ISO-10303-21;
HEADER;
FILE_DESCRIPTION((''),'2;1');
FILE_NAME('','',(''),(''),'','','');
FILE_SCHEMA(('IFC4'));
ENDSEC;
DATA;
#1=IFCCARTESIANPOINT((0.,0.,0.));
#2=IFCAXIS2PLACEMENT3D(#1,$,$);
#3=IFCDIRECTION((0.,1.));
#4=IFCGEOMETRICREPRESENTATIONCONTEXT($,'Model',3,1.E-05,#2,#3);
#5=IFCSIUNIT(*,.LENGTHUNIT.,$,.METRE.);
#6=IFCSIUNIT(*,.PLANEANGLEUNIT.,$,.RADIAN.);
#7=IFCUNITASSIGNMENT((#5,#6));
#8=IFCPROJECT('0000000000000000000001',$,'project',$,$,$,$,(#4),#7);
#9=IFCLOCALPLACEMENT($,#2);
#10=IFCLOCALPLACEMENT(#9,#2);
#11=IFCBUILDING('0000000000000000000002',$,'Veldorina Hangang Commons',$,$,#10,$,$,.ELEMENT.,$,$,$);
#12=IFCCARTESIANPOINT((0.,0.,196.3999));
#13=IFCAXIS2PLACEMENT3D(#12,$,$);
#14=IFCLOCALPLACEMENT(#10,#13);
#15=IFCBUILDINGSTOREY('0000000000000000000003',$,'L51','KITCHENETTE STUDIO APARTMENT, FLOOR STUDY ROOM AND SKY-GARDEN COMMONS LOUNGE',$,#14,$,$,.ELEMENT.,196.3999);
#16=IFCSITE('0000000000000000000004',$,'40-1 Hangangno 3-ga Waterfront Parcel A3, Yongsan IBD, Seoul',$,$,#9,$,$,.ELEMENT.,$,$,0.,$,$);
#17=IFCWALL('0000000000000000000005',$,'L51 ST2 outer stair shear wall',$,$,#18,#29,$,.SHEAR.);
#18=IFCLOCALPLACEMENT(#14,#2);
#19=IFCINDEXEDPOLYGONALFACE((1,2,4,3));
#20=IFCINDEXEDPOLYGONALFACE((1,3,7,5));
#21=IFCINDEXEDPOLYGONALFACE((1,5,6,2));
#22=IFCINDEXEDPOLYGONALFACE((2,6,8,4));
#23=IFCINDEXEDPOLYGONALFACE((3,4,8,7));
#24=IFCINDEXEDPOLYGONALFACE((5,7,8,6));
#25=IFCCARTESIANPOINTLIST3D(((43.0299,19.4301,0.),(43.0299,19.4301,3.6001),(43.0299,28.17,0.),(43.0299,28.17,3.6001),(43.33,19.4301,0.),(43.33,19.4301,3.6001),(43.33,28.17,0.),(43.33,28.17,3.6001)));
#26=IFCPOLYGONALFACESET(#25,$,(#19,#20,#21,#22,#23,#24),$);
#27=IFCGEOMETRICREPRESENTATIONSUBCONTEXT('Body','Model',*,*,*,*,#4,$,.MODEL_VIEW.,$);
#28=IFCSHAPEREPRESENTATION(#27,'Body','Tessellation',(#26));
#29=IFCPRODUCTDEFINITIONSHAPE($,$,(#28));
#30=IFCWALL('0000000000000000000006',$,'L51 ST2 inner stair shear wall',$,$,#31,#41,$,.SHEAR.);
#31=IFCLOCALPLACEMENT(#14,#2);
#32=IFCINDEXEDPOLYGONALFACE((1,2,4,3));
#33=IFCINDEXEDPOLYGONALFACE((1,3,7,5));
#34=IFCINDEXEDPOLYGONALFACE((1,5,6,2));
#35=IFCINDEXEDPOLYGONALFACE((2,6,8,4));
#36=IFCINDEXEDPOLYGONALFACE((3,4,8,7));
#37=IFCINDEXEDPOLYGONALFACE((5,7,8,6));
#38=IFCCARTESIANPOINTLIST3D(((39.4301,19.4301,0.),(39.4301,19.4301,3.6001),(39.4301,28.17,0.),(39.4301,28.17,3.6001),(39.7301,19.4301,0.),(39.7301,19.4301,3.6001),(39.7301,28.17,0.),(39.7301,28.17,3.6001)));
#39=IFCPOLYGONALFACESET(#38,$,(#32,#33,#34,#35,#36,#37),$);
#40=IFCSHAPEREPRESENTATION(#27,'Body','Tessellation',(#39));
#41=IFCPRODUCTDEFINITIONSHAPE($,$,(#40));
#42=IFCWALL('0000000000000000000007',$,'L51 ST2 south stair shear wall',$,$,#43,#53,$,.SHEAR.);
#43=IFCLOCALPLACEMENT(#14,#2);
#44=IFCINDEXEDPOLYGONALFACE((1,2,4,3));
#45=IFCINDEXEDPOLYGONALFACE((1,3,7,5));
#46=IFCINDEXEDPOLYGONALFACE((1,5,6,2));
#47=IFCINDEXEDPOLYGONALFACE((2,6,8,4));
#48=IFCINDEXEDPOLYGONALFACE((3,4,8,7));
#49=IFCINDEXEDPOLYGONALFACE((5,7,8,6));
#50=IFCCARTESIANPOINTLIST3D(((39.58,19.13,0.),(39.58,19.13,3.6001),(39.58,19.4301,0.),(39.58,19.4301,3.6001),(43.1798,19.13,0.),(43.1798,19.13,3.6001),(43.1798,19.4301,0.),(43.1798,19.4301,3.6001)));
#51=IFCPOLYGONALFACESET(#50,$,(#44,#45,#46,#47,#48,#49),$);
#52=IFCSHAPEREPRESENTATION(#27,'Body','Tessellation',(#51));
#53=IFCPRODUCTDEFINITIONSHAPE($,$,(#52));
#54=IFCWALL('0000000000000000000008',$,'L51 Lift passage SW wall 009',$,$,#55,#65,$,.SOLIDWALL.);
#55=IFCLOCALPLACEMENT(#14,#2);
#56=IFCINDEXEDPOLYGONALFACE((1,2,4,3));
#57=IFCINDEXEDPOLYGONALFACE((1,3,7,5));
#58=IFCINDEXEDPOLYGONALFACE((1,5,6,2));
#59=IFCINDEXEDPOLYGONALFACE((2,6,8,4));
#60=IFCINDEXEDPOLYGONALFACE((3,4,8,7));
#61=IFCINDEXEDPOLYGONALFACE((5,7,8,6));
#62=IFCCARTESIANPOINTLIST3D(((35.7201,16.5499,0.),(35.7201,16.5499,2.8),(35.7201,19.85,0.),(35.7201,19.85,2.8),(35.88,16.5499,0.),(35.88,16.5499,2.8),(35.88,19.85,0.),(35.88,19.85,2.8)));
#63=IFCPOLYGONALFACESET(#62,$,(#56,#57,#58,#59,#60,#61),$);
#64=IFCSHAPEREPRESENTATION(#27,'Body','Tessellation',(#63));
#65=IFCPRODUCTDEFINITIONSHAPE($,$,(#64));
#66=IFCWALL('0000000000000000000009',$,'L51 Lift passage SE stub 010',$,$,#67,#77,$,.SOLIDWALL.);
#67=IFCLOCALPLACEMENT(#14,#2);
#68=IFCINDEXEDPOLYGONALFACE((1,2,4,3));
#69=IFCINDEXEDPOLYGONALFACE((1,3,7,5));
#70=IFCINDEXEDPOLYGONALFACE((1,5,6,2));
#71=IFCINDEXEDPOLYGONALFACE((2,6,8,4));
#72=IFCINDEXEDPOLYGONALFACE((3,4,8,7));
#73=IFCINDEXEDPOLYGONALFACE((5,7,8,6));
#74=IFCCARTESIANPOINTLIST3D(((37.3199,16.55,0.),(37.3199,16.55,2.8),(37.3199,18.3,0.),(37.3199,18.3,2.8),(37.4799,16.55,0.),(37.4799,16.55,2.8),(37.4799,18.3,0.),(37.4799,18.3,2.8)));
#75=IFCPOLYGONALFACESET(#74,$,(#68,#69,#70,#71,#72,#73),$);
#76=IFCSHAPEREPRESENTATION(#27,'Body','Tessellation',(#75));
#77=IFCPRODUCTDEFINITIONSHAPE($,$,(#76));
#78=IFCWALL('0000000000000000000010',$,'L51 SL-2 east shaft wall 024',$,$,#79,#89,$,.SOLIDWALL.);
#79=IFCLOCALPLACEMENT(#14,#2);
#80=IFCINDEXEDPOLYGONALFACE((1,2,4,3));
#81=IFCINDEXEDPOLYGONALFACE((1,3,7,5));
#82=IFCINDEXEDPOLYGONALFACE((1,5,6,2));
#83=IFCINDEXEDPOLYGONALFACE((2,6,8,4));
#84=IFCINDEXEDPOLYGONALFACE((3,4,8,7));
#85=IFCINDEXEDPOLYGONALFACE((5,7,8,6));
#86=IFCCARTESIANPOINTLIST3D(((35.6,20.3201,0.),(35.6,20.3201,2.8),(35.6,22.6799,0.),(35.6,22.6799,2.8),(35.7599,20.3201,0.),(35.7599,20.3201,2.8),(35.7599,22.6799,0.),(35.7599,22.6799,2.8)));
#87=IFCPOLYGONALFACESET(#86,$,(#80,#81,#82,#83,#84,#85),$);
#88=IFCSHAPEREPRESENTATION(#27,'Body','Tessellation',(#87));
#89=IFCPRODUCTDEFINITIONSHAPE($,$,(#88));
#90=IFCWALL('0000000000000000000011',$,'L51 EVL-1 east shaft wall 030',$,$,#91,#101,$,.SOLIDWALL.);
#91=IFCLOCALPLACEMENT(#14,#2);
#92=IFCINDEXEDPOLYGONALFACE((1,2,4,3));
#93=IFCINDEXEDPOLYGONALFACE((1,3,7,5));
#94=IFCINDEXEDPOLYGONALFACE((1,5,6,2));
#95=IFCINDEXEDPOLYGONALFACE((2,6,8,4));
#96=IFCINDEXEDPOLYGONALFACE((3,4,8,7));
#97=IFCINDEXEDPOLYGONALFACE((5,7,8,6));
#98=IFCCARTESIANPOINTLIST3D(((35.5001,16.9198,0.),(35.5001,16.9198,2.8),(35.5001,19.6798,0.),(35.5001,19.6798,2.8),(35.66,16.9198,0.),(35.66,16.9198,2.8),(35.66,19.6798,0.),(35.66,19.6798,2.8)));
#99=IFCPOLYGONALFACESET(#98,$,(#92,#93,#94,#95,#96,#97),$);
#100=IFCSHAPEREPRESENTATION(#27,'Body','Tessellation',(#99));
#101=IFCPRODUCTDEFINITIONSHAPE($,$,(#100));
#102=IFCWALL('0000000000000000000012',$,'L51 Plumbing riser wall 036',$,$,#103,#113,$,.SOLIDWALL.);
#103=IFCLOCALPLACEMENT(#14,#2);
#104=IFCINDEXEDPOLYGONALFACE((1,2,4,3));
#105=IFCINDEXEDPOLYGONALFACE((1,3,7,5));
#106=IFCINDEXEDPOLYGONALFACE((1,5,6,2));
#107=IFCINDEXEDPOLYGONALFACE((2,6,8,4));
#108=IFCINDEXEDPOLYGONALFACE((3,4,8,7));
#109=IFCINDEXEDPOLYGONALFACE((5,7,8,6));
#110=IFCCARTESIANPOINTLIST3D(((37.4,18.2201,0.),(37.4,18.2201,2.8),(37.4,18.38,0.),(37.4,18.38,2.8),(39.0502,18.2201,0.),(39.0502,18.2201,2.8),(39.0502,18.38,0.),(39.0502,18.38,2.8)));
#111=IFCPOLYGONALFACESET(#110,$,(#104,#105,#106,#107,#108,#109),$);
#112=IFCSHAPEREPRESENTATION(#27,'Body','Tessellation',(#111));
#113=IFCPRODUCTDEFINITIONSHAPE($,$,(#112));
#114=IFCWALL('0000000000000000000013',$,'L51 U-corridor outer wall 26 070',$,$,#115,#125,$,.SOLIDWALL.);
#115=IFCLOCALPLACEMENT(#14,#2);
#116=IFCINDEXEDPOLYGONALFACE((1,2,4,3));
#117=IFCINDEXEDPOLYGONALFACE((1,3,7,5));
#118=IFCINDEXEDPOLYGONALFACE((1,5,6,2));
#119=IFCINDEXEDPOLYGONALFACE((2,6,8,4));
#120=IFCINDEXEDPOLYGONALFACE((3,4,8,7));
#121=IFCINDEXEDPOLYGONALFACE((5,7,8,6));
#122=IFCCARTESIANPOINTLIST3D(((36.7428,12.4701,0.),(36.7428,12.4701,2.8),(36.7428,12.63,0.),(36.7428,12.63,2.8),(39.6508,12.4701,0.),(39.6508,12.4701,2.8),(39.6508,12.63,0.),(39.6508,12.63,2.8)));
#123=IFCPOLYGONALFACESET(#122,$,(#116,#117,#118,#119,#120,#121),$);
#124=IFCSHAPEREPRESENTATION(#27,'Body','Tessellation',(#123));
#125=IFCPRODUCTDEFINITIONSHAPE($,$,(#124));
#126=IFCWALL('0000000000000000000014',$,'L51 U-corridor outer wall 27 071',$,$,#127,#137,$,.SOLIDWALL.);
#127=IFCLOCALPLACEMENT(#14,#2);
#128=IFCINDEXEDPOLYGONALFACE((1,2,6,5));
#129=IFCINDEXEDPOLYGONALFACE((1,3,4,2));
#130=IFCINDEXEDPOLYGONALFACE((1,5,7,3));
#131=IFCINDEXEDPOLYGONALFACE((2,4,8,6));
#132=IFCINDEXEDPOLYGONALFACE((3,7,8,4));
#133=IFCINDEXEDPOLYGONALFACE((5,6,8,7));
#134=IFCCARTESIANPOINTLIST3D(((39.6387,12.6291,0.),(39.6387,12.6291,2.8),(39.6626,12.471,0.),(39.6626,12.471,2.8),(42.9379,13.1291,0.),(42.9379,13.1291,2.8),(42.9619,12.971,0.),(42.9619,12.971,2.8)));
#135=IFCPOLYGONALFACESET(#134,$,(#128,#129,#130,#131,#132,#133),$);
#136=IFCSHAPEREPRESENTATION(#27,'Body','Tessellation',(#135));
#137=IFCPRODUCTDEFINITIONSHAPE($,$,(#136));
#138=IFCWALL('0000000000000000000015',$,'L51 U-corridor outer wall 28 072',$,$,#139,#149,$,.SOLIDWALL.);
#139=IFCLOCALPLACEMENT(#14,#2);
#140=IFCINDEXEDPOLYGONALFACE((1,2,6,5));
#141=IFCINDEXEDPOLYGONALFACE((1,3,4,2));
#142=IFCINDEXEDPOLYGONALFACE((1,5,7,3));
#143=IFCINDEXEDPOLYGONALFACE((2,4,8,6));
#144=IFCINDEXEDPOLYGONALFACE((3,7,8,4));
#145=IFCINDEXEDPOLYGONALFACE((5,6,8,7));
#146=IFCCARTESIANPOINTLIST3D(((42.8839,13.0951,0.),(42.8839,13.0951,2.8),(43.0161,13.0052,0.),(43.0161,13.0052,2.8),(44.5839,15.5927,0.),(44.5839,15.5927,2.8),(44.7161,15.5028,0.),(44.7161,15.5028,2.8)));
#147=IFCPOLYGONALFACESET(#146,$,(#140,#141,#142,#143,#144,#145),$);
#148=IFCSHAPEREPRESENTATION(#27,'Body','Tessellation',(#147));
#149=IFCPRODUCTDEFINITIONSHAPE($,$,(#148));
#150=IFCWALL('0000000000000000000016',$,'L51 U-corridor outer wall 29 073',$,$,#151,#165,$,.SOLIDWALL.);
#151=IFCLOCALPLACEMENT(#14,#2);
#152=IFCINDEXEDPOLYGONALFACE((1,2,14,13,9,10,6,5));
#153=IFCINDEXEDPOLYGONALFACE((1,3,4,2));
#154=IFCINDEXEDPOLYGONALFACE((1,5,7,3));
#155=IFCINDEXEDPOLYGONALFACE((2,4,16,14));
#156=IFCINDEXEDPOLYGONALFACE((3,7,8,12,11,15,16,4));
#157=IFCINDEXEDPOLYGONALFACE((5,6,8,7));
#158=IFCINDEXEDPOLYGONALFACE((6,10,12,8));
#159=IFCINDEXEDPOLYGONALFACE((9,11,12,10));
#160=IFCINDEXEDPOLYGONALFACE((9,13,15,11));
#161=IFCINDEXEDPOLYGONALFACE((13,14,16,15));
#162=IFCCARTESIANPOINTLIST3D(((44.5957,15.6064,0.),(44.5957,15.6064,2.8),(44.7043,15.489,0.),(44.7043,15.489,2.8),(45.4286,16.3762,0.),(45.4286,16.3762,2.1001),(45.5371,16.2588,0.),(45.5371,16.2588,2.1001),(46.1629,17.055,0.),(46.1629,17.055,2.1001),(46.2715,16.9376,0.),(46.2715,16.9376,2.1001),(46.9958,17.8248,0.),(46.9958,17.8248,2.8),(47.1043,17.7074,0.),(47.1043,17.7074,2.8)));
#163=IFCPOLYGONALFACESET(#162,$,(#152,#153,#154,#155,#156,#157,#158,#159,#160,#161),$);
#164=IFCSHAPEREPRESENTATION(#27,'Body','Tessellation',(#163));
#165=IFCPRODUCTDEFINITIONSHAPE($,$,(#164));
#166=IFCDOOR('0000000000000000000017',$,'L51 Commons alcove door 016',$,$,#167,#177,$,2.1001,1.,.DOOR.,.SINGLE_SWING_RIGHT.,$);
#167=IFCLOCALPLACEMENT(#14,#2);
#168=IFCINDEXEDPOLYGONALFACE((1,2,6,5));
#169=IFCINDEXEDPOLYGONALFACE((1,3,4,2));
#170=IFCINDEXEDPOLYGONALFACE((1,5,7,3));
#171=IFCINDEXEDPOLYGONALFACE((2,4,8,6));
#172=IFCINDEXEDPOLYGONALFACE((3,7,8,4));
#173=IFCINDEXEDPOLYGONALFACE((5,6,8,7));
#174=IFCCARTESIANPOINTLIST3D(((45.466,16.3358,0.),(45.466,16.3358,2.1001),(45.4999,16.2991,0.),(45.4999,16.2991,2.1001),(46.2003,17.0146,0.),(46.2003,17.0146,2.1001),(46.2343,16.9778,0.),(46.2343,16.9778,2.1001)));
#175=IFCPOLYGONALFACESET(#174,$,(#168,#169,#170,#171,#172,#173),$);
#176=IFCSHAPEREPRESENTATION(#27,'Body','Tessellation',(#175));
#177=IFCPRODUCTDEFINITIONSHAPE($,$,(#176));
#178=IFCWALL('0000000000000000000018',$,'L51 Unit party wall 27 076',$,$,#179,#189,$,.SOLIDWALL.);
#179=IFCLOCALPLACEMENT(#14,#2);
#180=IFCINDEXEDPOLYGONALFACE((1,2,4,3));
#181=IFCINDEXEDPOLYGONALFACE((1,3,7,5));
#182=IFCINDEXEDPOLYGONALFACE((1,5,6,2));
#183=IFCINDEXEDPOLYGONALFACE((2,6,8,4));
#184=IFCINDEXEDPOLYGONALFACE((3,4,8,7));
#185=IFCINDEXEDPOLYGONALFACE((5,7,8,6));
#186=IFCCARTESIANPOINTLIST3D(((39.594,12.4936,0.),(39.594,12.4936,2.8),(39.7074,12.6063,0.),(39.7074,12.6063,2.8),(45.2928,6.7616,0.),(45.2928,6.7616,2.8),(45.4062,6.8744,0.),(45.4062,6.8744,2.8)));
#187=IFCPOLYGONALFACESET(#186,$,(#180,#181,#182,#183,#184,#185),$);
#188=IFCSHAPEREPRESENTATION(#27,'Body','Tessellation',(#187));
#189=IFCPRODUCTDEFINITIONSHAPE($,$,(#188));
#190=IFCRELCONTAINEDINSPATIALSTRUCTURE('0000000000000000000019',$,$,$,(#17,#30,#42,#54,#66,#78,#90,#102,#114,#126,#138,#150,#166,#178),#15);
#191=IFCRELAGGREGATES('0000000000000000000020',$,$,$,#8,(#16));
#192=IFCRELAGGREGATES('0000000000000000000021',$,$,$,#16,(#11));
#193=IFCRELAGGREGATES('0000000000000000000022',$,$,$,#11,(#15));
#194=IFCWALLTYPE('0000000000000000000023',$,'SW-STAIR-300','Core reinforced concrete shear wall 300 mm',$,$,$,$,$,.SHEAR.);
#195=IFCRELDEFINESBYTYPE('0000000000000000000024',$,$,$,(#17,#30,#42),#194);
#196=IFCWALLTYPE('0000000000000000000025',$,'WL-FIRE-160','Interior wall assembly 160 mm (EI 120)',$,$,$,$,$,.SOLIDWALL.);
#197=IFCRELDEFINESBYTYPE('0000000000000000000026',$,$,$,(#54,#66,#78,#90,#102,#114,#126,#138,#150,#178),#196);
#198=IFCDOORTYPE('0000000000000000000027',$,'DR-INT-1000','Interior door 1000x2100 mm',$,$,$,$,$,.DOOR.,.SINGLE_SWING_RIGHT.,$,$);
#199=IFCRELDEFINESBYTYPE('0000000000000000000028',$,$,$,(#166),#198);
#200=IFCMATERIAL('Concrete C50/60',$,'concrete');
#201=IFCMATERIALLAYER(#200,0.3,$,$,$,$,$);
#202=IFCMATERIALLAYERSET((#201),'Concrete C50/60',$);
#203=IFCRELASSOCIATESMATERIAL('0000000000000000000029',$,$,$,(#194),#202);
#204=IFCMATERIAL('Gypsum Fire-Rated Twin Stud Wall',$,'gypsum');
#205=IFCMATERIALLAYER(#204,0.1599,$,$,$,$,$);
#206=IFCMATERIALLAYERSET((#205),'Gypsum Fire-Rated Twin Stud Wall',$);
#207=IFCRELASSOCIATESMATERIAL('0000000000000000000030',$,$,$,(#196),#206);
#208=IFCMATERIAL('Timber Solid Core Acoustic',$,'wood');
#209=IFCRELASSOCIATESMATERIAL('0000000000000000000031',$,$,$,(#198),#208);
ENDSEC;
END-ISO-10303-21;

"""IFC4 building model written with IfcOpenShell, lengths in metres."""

from ifc_helpers import new_model, si_unit, direction, frame, frame_2d, origin, place, context, subcontext, project, spatial, rectangle, extrude, material, layer, layer_set, type_object, element, fill, save


model = new_model("IFC4")

# Units and contexts
model_context = context("Model", 3, precision=1e-05, world=origin(), true_north=direction((0.0, 1.0)))
body_context = subcontext(model_context, "Body", "Model", "MODEL_VIEW")
ifc_project = project(units=[si_unit("LENGTHUNIT", "METRE"), si_unit("PLANEANGLEUNIT", "RADIAN")], contexts=[model_context])

# Site, building, storey
site_placement = place(None, origin())
site = spatial("IfcSite", under=ifc_project, at=site_placement, Name="40-1 Hangangno 3-ga Waterfront Parcel A3, Yongsan IBD, Seoul", CompositionType="ELEMENT", RefElevation=0.0)
building_placement = place(site_placement, origin())
building = spatial("IfcBuilding", under=site, at=building_placement, Name="Veldorina Hangang Commons", CompositionType="ELEMENT")
storey_placement = place(building_placement, frame((0.0, 0.0, 196.3999)))
storey = spatial("IfcBuildingStorey", under=building, at=storey_placement, Name="L51", Description="KITCHENETTE STUDIO APARTMENT, FLOOR STUDY ROOM AND SKY-GARDEN COMMONS LOUNGE", CompositionType="ELEMENT", Elevation=196.3999)

# Walls
ifc_material_1 = material(Name="Concrete C50/60", Category="concrete")
ifc_layer_1 = layer(ifc_material_1, 0.3)
ifc_layer_set_1 = layer_set([ifc_layer_1], Name="Concrete C50/60")
wall_type_1 = type_object("IfcWallType", Name="SW-STAIR-300", Description="Core reinforced concrete shear wall 300 mm", PredefinedType="SHEAR", material=ifc_layer_set_1)
for number, where, z_axis, x_axis, name in (
    (1, (43.1799, 19.4299, 0.0), (0.0, 0.0, 1.0), (0.0, 1.0, 0.0), "L51 ST2 outer stair shear wall"),
    (2, (39.5801, 19.4299, 0.0), (0.0, 0.0, 1.0), (0.0, 1.0, 0.0), "L51 ST2 inner stair shear wall"),
):
    element("IfcWall", number, at=place(storey_placement, frame(where, z_axis=z_axis, x_axis=x_axis)), inside=storey, type_object=wall_type_1, Name=name, PredefinedType="SHEAR", context=body_context, shape_type="SweptSolid", body=[
        extrude(rectangle(XDim=8.74, YDim=0.3, at=frame_2d((4.3701, 0.0))), origin(), (0.0, 0.0, 1.0), 3.6001),
    ])
wall_1_placement = place(storey_placement, frame((39.5801, 19.28, 0.0), z_axis=(0.0, 0.0, 1.0), x_axis=(1.0, 0.0, 0.0)))
element("IfcWall", 3, at=wall_1_placement, inside=storey, type_object=wall_type_1, Name="L51 ST2 south stair shear wall", PredefinedType="SHEAR", context=body_context, shape_type="SweptSolid", body=[
    extrude(rectangle(XDim=3.5999, YDim=0.3, at=frame_2d((1.7998, 0.0))), origin(), (0.0, 0.0, 1.0), 3.6001),
])
ifc_material_2 = material(Name="Gypsum Fire-Rated Twin Stud Wall", Category="gypsum")
ifc_layer_2 = layer(ifc_material_2, 0.1599)
ifc_layer_set_2 = layer_set([ifc_layer_2], Name="Gypsum Fire-Rated Twin Stud Wall")
wall_type_2 = type_object("IfcWallType", Name="WL-FIRE-160", Description="Interior wall assembly 160 mm (EI 120)", PredefinedType="SOLIDWALL", material=ifc_layer_set_2)
wall_2_placement = place(storey_placement, frame((35.8, 16.55, 0.0), z_axis=(0.0, 0.0, 1.0), x_axis=(0.0, 1.0, 0.0)))
element("IfcWall", 4, at=wall_2_placement, inside=storey, type_object=wall_type_2, Name="L51 Lift passage SW wall 009", PredefinedType="SOLIDWALL", context=body_context, shape_type="SweptSolid", body=[
    extrude(rectangle(XDim=3.3, YDim=0.1599, at=frame_2d((1.6499, 0.0))), origin(), (0.0, 0.0, 1.0), 2.8),
])
wall_3_placement = place(storey_placement, frame((37.3999, 16.55, 0.0), z_axis=(0.0, 0.0, 1.0), x_axis=(0.0, 1.0, 0.0)))
element("IfcWall", 5, at=wall_3_placement, inside=storey, type_object=wall_type_2, Name="L51 Lift passage SE stub 010", PredefinedType="SOLIDWALL", context=body_context, shape_type="SweptSolid", body=[
    extrude(rectangle(XDim=1.75, YDim=0.1599, at=frame_2d((0.875, 0.0))), origin(), (0.0, 0.0, 1.0), 2.8),
])
wall_4_placement = place(storey_placement, frame((35.6799, 20.3201, 0.0), z_axis=(0.0, 0.0, 1.0), x_axis=(0.0, 1.0, 0.0)))
element("IfcWall", 6, at=wall_4_placement, inside=storey, type_object=wall_type_2, Name="L51 SL-2 east shaft wall 024", PredefinedType="SOLIDWALL", context=body_context, shape_type="SweptSolid", body=[
    extrude(rectangle(XDim=2.3599, YDim=0.1599, at=frame_2d((1.1799, 0.0))), origin(), (0.0, 0.0, 1.0), 2.8),
])
wall_5_placement = place(storey_placement, frame((35.5801, 16.9199, 0.0), z_axis=(0.0, 0.0, 1.0), x_axis=(0.0, 1.0, 0.0)))
element("IfcWall", 7, at=wall_5_placement, inside=storey, type_object=wall_type_2, Name="L51 EVL-1 east shaft wall 030", PredefinedType="SOLIDWALL", context=body_context, shape_type="SweptSolid", body=[
    extrude(rectangle(XDim=2.76, YDim=0.1599, at=frame_2d((1.3799, 0.0))), origin(), (0.0, 0.0, 1.0), 2.8),
])
wall_6_placement = place(storey_placement, frame((37.3999, 18.3, 0.0), z_axis=(0.0, 0.0, 1.0), x_axis=(1.0, 0.0, 0.0)))
element("IfcWall", 8, at=wall_6_placement, inside=storey, type_object=wall_type_2, Name="L51 Plumbing riser wall 036", PredefinedType="SOLIDWALL", context=body_context, shape_type="SweptSolid", body=[
    extrude(rectangle(XDim=1.6501, YDim=0.1599, at=frame_2d((0.8252, 0.0))), origin(), (0.0, 0.0, 1.0), 2.8),
])
wall_7_placement = place(storey_placement, frame((36.7427, 12.55, 0.0), z_axis=(0.0, 0.0, 1.0), x_axis=(1.0, 0.0, 0.0)))
element("IfcWall", 9, at=wall_7_placement, inside=storey, type_object=wall_type_2, Name="L51 U-corridor outer wall 26 070", PredefinedType="SOLIDWALL", context=body_context, shape_type="SweptSolid", body=[
    extrude(rectangle(XDim=2.908, YDim=0.1599, at=frame_2d((1.4541, 0.0))), origin(), (0.0, 0.0, 1.0), 2.8),
])
wall_8_placement = place(storey_placement, frame((39.6506, 12.55, 0.0), z_axis=(0.0, 0.0, 1.0), x_axis=(0.988711, 0.149836, 0.0)))
element("IfcWall", 10, at=wall_8_placement, inside=storey, type_object=wall_type_2, Name="L51 U-corridor outer wall 27 071", PredefinedType="SOLIDWALL", context=body_context, shape_type="SweptSolid", body=[
    extrude(rectangle(XDim=3.3369, YDim=0.1599, at=frame_2d((1.6685, 0.0))), origin(), (0.0, 0.0, 1.0), 2.8),
])
wall_9_placement = place(storey_placement, frame((42.95, 13.05, 0.0), z_axis=(0.0, 0.0, 1.0), x_axis=(0.562675, 0.826678, 0.0)))
element("IfcWall", 11, at=wall_9_placement, inside=storey, type_object=wall_type_2, Name="L51 U-corridor outer wall 28 072", PredefinedType="SOLIDWALL", context=body_context, shape_type="SweptSolid", body=[
    extrude(rectangle(XDim=3.0212, YDim=0.1599, at=frame_2d((1.5107, 0.0))), origin(), (0.0, 0.0, 1.0), 2.8),
])

# Wall, opening, door
wall_10_placement = place(storey_placement, frame((44.6499, 15.5476, 0.0), z_axis=(0.0, 0.0, 1.0), x_axis=(0.734348, 0.678773, 0.0)))
wall_10 = element("IfcWall", 12, at=wall_10_placement, inside=storey, type_object=wall_type_2, Name="L51 U-corridor outer wall 29 073", PredefinedType="SOLIDWALL", context=body_context, shape_type="SweptSolid", body=[
    extrude(rectangle(XDim=3.2683, YDim=0.1599, at=frame_2d((1.6343, 0.0))), origin(), (0.0, 0.0, 1.0), 2.8),
])
opening_1_placement = place(wall_10_placement, frame((1.1343, 0.0, 0.0)))
opening_1 = element("IfcOpeningElement", 13, at=opening_1_placement, cuts=wall_10, PredefinedType="OPENING", context=body_context, shape_type="SweptSolid", body=[
    extrude(rectangle(XDim=1.0, YDim=2.1001, at=frame_2d((0.5, 1.05))), frame((0.0, 0.0898, 0.0), z_axis=(0.0, -1.0, 0.0), x_axis=(1.0, 0.0, 0.0)), (0.0, 0.0, 1.0), 0.1799),
])
ifc_material_3 = material(Name="Timber Solid Core Acoustic", Category="wood")
door_type_1 = type_object("IfcDoorType", Name="DR-INT-1000", Description="Interior door 1000x2100 mm", OperationType="SINGLE_SWING_RIGHT", PredefinedType="DOOR", material=ifc_material_3)
door_1_placement = place(opening_1_placement, origin())
door_1 = element("IfcDoor", 14, at=door_1_placement, inside=storey, type_object=door_type_1, Name="L51 Commons alcove door 016", OperationType="SINGLE_SWING_RIGHT", OverallHeight=2.1001, OverallWidth=1.0, PredefinedType="DOOR", context=body_context, shape_type="SweptSolid", body=[
    extrude(rectangle(XDim=1.0, YDim=2.1001, at=frame_2d((0.5, 1.05))), frame((0.0, 0.0249, 0.0), z_axis=(0.0, -1.0, 0.0), x_axis=(1.0, 0.0, 0.0)), (0.0, 0.0, 1.0), 0.05),
])
fill(opening_1, door_1)

# Wall
wall_11_placement = place(storey_placement, frame((39.6506, 12.55, 0.0), z_axis=(0.0, 0.0, 1.0), x_axis=(0.70505, -0.709158, 0.0)))
element("IfcWall", 15, at=wall_11_placement, inside=storey, type_object=wall_type_2, Name="L51 Unit party wall 27 076", PredefinedType="SOLIDWALL", context=body_context, shape_type="SweptSolid", body=[
    extrude(rectangle(XDim=8.0828, YDim=0.1599, at=frame_2d((4.0415, 0.0))), origin(), (0.0, 0.0, 1.0), 2.8),
])

save(model, "model.ifc")
